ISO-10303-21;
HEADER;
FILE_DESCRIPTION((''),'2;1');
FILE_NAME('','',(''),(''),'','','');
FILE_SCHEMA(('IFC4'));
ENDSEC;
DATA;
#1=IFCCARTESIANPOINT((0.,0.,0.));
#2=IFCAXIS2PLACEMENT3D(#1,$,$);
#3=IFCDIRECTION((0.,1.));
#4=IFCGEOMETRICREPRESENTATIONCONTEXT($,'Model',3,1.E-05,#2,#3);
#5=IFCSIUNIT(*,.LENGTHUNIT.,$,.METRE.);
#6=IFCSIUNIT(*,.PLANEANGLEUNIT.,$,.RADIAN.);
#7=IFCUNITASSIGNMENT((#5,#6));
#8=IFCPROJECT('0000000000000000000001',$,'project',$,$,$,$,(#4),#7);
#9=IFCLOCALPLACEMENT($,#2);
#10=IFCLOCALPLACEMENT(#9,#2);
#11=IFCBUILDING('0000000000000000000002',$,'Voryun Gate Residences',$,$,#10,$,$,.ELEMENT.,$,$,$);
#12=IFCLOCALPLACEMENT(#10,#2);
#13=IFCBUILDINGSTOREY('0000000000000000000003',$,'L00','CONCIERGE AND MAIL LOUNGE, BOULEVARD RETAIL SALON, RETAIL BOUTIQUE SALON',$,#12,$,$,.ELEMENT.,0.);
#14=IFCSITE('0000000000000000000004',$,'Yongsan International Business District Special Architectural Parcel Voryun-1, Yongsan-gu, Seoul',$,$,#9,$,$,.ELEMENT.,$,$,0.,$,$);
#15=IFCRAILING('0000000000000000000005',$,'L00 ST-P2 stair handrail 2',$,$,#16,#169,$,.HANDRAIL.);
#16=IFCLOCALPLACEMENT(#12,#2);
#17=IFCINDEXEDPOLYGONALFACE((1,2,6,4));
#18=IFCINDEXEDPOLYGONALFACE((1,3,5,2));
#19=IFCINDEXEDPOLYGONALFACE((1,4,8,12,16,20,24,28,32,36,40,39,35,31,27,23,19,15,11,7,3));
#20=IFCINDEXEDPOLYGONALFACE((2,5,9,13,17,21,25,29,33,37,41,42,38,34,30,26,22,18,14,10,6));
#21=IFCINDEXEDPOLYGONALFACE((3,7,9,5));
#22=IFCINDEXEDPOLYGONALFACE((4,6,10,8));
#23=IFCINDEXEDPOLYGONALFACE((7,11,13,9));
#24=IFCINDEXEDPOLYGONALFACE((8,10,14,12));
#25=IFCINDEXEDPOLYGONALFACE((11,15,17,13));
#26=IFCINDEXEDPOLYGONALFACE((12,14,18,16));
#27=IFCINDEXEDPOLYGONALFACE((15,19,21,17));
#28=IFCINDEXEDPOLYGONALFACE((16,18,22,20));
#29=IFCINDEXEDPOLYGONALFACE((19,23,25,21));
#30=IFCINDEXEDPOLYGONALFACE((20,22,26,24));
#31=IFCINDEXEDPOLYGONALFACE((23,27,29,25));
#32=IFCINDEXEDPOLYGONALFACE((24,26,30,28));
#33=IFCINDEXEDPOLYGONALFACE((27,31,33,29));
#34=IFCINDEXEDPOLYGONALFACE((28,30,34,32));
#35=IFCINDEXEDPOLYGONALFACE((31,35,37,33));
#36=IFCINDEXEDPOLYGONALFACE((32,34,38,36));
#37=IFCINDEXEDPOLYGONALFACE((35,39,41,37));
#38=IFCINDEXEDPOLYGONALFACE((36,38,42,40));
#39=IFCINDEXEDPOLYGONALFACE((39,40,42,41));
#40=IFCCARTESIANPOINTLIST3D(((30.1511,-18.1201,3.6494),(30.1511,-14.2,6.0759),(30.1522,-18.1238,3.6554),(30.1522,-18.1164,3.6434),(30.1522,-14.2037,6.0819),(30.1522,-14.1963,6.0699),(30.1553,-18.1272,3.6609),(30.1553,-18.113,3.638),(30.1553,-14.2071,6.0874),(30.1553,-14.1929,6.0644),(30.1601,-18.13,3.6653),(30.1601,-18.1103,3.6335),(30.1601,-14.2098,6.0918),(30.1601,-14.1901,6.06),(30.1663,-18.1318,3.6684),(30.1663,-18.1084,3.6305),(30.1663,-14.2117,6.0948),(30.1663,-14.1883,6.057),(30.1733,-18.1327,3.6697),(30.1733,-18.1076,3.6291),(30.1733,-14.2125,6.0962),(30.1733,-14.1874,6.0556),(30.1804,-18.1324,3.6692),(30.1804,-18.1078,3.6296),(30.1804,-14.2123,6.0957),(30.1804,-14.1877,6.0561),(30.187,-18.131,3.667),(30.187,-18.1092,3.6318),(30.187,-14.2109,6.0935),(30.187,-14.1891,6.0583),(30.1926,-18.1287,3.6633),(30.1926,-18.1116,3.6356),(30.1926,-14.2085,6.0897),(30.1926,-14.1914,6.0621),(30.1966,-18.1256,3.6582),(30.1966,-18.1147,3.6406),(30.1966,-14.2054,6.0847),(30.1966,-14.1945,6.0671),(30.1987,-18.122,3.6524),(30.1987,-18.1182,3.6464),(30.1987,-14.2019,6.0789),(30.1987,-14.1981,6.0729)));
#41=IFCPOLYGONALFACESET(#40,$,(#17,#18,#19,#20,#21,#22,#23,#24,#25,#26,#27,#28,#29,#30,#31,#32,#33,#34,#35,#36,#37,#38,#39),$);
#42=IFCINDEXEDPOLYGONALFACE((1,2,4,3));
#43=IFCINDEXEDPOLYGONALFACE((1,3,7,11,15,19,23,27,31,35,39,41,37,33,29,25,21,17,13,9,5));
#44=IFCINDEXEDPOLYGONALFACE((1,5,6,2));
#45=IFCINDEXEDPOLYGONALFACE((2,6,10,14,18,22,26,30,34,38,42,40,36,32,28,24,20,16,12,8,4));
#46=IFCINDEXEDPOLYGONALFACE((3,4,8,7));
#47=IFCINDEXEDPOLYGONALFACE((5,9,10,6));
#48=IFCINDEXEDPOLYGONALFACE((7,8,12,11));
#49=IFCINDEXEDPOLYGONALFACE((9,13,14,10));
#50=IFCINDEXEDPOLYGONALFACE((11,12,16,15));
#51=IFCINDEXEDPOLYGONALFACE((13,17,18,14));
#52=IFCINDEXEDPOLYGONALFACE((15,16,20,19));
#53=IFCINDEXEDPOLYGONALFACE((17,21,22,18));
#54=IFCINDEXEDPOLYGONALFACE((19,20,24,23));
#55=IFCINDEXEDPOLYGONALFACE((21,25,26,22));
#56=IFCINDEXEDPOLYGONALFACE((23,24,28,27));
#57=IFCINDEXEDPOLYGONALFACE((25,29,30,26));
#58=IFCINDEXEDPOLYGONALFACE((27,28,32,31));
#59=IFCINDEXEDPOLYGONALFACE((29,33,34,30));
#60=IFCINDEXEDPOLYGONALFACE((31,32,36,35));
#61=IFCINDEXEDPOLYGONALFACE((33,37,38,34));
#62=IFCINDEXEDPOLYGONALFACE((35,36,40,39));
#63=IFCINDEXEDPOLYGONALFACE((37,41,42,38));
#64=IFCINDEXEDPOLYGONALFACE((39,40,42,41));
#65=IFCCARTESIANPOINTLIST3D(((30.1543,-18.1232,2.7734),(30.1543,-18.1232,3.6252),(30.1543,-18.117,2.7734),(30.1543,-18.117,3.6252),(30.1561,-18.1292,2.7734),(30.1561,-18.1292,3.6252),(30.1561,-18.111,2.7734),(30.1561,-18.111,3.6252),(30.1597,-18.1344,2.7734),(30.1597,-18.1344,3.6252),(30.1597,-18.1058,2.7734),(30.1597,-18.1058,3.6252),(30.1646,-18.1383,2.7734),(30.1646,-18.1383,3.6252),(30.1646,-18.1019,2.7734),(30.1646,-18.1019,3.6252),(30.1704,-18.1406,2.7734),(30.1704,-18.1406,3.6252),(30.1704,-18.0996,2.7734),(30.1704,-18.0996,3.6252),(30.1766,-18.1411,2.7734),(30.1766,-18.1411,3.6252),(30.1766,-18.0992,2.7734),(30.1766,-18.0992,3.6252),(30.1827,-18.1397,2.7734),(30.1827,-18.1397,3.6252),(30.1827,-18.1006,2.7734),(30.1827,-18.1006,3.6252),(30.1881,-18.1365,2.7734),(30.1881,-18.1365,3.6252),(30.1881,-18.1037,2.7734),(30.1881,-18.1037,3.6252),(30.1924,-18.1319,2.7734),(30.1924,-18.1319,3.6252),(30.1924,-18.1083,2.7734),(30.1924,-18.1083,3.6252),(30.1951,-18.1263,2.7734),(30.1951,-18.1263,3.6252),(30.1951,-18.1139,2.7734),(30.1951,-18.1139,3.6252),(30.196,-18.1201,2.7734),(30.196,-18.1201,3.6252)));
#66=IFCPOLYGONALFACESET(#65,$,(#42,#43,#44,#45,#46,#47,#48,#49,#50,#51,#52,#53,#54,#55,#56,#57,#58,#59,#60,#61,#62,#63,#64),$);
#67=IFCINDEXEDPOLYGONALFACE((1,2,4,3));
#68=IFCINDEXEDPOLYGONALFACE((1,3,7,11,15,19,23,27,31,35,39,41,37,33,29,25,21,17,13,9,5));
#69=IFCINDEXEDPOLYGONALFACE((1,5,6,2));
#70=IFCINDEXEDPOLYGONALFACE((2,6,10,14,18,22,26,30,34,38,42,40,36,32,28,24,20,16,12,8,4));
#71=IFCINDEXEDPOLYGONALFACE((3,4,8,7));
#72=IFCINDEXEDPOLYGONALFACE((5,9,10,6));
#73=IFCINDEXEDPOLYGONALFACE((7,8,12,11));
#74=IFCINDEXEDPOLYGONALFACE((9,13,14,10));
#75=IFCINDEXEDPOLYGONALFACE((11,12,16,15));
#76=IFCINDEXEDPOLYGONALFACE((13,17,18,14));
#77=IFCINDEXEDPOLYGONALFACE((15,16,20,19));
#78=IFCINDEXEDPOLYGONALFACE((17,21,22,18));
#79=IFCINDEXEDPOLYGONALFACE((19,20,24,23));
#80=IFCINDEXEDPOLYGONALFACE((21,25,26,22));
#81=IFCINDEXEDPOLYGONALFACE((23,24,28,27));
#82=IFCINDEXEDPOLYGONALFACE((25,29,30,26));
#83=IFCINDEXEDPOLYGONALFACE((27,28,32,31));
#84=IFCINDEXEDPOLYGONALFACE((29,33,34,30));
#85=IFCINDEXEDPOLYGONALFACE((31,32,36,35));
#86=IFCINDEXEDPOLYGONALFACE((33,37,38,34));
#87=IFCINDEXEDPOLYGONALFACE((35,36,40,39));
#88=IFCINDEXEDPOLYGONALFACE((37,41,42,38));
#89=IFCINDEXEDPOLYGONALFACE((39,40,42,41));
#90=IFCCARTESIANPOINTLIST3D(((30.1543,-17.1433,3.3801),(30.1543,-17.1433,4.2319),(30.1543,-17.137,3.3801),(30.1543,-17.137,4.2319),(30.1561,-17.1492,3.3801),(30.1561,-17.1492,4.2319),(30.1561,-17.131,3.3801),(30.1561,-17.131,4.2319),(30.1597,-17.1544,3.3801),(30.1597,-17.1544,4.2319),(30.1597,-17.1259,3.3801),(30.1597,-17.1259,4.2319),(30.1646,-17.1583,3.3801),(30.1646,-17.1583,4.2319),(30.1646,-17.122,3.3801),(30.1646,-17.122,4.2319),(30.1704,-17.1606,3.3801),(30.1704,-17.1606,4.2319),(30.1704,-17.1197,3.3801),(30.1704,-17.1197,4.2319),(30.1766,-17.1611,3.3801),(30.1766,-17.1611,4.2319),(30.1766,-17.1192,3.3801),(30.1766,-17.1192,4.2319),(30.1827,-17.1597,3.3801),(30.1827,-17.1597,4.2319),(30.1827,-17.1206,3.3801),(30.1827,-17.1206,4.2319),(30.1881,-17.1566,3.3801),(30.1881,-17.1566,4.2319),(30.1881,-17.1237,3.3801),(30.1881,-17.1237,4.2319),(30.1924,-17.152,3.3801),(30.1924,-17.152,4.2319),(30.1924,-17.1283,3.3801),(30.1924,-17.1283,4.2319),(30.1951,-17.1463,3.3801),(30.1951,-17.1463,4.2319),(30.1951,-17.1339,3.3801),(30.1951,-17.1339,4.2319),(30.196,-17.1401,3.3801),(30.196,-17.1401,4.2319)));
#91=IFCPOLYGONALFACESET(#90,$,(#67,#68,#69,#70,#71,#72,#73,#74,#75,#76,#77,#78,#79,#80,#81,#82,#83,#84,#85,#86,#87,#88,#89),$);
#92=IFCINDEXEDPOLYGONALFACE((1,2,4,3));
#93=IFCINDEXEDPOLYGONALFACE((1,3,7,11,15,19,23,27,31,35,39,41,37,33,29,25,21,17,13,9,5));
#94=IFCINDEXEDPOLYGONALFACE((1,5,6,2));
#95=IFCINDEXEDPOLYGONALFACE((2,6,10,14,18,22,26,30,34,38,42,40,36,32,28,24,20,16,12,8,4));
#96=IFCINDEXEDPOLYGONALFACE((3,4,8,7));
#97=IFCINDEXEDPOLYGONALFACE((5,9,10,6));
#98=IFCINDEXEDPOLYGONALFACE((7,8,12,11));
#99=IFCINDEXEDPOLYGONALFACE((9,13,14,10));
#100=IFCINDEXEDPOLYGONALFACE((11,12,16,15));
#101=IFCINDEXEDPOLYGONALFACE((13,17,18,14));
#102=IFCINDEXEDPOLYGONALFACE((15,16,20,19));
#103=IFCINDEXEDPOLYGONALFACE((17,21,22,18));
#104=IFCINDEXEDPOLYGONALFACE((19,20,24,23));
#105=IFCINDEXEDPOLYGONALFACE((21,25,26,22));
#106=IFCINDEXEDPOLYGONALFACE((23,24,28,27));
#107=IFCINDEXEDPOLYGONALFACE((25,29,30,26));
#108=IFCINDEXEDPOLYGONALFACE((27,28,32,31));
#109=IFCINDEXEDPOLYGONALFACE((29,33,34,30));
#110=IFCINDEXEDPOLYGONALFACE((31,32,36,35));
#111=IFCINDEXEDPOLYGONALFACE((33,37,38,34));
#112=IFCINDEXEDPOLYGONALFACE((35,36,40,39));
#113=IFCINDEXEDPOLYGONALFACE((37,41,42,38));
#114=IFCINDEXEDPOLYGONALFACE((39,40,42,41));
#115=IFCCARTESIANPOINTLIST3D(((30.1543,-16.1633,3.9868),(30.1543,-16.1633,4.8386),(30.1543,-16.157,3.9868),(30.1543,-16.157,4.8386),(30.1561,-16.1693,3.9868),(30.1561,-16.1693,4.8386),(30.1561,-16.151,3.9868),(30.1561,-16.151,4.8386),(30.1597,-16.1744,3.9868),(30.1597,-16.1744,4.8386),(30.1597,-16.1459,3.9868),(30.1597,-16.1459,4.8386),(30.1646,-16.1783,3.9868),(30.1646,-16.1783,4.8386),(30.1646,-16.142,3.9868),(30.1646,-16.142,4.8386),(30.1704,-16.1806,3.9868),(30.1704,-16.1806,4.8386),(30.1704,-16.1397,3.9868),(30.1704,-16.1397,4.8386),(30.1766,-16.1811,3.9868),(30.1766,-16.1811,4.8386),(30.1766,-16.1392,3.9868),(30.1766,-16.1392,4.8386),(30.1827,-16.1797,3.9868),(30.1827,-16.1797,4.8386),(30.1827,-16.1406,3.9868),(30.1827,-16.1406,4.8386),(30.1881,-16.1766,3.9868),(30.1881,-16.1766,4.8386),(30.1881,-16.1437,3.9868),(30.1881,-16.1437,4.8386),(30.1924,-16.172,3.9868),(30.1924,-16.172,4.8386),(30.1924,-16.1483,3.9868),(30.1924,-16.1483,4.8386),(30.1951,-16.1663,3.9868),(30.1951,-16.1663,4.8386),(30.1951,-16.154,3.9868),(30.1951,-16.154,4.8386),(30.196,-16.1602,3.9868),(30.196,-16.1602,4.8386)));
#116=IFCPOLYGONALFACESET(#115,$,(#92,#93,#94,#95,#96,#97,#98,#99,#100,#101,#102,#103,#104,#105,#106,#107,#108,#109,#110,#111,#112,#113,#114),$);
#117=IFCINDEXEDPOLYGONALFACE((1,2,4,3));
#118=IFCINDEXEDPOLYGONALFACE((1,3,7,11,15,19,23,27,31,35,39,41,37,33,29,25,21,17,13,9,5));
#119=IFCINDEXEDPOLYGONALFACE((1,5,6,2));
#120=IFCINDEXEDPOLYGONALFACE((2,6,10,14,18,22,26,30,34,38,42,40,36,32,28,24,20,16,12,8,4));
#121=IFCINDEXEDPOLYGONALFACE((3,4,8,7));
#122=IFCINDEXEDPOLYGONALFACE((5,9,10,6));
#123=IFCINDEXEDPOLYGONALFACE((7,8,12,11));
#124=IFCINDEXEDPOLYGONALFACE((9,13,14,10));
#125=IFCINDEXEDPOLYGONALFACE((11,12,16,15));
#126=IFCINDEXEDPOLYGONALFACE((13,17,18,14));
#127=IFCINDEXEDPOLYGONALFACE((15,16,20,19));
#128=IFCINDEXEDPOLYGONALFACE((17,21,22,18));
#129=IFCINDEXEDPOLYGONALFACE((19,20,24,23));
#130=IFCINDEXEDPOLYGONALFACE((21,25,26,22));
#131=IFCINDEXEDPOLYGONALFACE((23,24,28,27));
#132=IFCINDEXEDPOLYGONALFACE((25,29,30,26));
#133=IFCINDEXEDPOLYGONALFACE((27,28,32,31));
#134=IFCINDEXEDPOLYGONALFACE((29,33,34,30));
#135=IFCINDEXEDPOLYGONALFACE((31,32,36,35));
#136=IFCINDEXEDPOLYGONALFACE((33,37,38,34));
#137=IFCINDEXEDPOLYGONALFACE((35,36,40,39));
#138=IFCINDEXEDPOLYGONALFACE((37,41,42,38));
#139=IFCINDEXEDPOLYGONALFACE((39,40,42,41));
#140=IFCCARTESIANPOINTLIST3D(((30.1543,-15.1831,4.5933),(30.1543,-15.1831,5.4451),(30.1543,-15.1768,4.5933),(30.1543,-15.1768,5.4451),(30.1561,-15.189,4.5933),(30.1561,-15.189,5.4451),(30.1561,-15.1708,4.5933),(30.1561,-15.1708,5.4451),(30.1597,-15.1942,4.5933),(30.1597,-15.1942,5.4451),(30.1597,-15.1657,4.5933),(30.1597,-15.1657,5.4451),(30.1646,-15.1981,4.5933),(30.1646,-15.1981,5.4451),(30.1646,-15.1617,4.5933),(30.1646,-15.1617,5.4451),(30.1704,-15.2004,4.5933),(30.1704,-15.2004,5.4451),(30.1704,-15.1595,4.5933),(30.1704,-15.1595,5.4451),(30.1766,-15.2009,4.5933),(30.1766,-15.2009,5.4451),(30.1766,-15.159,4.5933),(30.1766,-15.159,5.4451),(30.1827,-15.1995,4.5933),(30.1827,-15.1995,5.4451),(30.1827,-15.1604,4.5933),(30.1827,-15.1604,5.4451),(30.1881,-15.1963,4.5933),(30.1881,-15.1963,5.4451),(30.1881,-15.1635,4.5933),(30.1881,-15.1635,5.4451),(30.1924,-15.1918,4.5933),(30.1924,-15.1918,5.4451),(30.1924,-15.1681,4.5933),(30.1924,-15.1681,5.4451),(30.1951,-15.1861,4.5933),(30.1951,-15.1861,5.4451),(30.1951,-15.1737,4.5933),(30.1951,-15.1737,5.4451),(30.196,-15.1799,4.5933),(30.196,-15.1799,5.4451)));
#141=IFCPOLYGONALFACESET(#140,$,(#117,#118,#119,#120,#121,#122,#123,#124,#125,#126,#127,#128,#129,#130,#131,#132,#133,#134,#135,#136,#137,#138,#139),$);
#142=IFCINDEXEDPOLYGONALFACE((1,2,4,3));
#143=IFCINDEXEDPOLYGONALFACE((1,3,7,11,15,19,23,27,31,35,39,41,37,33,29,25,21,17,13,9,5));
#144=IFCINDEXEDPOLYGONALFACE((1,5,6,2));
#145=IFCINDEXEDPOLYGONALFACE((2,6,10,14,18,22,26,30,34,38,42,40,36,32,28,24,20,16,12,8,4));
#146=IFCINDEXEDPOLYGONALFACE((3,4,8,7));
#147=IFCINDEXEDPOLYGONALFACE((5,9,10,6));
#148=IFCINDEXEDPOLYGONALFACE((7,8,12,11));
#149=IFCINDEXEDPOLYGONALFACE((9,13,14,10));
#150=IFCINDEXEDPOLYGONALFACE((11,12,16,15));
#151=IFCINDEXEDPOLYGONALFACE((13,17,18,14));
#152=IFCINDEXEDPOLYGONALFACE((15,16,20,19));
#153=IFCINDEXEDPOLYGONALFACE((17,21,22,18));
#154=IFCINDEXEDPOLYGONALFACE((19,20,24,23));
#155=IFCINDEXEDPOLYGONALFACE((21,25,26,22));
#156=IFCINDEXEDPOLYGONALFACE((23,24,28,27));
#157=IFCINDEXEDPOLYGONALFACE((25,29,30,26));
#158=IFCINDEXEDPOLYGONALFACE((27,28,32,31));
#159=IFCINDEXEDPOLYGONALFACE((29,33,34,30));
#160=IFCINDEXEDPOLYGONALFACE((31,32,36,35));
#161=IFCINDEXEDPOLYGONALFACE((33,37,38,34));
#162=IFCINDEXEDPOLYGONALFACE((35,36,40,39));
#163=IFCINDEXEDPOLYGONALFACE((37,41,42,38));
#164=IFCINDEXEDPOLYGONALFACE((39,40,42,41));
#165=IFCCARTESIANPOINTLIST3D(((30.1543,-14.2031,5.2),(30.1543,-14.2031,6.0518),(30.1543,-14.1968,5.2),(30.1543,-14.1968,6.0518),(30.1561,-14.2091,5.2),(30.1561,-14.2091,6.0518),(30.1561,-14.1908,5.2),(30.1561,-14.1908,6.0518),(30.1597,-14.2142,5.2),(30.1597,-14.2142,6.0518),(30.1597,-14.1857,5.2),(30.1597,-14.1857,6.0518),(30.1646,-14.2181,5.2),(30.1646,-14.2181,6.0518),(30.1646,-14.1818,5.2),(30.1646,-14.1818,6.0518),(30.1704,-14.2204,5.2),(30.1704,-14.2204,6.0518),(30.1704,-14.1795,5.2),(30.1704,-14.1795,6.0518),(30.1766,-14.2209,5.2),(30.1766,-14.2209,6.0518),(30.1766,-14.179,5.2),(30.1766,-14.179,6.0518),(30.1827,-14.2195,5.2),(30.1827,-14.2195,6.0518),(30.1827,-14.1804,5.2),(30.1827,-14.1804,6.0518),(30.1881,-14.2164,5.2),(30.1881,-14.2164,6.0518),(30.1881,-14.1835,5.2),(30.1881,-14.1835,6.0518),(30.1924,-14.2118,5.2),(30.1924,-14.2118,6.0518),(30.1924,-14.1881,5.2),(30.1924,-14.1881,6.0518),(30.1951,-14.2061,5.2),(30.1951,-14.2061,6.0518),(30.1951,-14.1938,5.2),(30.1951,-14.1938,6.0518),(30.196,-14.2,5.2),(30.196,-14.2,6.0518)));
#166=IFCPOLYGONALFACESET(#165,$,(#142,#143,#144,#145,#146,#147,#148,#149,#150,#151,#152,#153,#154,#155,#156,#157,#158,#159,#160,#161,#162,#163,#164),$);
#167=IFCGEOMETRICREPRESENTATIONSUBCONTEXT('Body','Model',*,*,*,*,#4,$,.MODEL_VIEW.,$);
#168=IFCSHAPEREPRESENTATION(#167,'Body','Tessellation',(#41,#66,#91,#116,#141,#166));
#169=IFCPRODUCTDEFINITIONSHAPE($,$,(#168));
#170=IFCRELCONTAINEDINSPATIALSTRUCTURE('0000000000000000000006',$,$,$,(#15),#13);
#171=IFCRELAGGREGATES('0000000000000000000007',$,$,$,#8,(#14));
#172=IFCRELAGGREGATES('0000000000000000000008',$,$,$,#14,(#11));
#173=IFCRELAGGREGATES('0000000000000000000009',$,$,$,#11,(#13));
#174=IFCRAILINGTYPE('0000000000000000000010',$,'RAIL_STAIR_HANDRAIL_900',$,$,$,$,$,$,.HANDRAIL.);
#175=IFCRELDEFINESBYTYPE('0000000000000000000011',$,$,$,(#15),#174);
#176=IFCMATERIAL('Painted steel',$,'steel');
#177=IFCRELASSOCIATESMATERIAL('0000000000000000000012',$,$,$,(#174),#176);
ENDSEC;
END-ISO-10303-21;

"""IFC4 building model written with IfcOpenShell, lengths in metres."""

from ifc_helpers import new_model, si_unit, direction, frame, origin, origin_2d, place, context, subcontext, project, spatial, circle, extrude, material, type_object, element, save


model = new_model("IFC4")

# Units and contexts
model_context = context("Model", 3, precision=1e-05, world=origin(), true_north=direction((0.0, 1.0)))
body_context = subcontext(model_context, "Body", "Model", "MODEL_VIEW")
ifc_project = project(units=[si_unit("LENGTHUNIT", "METRE"), si_unit("PLANEANGLEUNIT", "RADIAN")], contexts=[model_context])

# Site, building, storey
site_placement = place(None, origin())
site = spatial("IfcSite", under=ifc_project, at=site_placement, Name="Yongsan International Business District Special Architectural Parcel Voryun-1, Yongsan-gu, Seoul", CompositionType="ELEMENT", RefElevation=0.0)
building_placement = place(site_placement, origin())
building = spatial("IfcBuilding", under=site, at=building_placement, Name="Voryun Gate Residences", CompositionType="ELEMENT")
storey_placement = place(building_placement, origin())
storey = spatial("IfcBuildingStorey", under=building, at=storey_placement, Name="L00", Description="CONCIERGE AND MAIL LOUNGE, BOULEVARD RETAIL SALON, RETAIL BOUTIQUE SALON", CompositionType="ELEMENT", Elevation=0.0)

# Railing
ifc_material_1 = material(Name="Painted steel", Category="steel")
railing_type_1 = type_object("IfcRailingType", Name="RAIL_STAIR_HANDRAIL_900", PredefinedType="HANDRAIL", material=ifc_material_1)
railing_1_placement = place(storey_placement, frame((30.175, -18.1201, 2.7734)))
element("IfcRailing", 1, at=railing_1_placement, inside=storey, type_object=railing_type_1, Name="L00 ST-P2 stair handrail 2", PredefinedType="HANDRAIL", context=body_context, shape_type="SweptSolid", body=[
    extrude(circle(Radius=0.0239, at=origin_2d()), frame((0.0, 0.0, 0.876), z_axis=(0.0, 0.85029, 0.526315), x_axis=(-1.0, 0.0, 0.0)), (0.0, 0.0, 1.0), 4.6104),
    extrude(circle(Radius=0.021, at=origin_2d()), origin(), (0.0, 0.0, 1.0), 0.8518),
    extrude(circle(Radius=0.021, at=origin_2d()), frame((0.0, 0.98, 0.6067)), (0.0, 0.0, 1.0), 0.8518),
    extrude(circle(Radius=0.021, at=origin_2d()), frame((0.0, 1.96, 1.2134)), (0.0, 0.0, 1.0), 0.8518),
    extrude(circle(Radius=0.021, at=origin_2d()), frame((0.0, 2.9402, 1.8198)), (0.0, 0.0, 1.0), 0.8518),
    extrude(circle(Radius=0.021, at=origin_2d()), frame((0.0, 3.9202, 2.4265)), (0.0, 0.0, 1.0), 0.8518),
])

save(model, "model.ifc")
